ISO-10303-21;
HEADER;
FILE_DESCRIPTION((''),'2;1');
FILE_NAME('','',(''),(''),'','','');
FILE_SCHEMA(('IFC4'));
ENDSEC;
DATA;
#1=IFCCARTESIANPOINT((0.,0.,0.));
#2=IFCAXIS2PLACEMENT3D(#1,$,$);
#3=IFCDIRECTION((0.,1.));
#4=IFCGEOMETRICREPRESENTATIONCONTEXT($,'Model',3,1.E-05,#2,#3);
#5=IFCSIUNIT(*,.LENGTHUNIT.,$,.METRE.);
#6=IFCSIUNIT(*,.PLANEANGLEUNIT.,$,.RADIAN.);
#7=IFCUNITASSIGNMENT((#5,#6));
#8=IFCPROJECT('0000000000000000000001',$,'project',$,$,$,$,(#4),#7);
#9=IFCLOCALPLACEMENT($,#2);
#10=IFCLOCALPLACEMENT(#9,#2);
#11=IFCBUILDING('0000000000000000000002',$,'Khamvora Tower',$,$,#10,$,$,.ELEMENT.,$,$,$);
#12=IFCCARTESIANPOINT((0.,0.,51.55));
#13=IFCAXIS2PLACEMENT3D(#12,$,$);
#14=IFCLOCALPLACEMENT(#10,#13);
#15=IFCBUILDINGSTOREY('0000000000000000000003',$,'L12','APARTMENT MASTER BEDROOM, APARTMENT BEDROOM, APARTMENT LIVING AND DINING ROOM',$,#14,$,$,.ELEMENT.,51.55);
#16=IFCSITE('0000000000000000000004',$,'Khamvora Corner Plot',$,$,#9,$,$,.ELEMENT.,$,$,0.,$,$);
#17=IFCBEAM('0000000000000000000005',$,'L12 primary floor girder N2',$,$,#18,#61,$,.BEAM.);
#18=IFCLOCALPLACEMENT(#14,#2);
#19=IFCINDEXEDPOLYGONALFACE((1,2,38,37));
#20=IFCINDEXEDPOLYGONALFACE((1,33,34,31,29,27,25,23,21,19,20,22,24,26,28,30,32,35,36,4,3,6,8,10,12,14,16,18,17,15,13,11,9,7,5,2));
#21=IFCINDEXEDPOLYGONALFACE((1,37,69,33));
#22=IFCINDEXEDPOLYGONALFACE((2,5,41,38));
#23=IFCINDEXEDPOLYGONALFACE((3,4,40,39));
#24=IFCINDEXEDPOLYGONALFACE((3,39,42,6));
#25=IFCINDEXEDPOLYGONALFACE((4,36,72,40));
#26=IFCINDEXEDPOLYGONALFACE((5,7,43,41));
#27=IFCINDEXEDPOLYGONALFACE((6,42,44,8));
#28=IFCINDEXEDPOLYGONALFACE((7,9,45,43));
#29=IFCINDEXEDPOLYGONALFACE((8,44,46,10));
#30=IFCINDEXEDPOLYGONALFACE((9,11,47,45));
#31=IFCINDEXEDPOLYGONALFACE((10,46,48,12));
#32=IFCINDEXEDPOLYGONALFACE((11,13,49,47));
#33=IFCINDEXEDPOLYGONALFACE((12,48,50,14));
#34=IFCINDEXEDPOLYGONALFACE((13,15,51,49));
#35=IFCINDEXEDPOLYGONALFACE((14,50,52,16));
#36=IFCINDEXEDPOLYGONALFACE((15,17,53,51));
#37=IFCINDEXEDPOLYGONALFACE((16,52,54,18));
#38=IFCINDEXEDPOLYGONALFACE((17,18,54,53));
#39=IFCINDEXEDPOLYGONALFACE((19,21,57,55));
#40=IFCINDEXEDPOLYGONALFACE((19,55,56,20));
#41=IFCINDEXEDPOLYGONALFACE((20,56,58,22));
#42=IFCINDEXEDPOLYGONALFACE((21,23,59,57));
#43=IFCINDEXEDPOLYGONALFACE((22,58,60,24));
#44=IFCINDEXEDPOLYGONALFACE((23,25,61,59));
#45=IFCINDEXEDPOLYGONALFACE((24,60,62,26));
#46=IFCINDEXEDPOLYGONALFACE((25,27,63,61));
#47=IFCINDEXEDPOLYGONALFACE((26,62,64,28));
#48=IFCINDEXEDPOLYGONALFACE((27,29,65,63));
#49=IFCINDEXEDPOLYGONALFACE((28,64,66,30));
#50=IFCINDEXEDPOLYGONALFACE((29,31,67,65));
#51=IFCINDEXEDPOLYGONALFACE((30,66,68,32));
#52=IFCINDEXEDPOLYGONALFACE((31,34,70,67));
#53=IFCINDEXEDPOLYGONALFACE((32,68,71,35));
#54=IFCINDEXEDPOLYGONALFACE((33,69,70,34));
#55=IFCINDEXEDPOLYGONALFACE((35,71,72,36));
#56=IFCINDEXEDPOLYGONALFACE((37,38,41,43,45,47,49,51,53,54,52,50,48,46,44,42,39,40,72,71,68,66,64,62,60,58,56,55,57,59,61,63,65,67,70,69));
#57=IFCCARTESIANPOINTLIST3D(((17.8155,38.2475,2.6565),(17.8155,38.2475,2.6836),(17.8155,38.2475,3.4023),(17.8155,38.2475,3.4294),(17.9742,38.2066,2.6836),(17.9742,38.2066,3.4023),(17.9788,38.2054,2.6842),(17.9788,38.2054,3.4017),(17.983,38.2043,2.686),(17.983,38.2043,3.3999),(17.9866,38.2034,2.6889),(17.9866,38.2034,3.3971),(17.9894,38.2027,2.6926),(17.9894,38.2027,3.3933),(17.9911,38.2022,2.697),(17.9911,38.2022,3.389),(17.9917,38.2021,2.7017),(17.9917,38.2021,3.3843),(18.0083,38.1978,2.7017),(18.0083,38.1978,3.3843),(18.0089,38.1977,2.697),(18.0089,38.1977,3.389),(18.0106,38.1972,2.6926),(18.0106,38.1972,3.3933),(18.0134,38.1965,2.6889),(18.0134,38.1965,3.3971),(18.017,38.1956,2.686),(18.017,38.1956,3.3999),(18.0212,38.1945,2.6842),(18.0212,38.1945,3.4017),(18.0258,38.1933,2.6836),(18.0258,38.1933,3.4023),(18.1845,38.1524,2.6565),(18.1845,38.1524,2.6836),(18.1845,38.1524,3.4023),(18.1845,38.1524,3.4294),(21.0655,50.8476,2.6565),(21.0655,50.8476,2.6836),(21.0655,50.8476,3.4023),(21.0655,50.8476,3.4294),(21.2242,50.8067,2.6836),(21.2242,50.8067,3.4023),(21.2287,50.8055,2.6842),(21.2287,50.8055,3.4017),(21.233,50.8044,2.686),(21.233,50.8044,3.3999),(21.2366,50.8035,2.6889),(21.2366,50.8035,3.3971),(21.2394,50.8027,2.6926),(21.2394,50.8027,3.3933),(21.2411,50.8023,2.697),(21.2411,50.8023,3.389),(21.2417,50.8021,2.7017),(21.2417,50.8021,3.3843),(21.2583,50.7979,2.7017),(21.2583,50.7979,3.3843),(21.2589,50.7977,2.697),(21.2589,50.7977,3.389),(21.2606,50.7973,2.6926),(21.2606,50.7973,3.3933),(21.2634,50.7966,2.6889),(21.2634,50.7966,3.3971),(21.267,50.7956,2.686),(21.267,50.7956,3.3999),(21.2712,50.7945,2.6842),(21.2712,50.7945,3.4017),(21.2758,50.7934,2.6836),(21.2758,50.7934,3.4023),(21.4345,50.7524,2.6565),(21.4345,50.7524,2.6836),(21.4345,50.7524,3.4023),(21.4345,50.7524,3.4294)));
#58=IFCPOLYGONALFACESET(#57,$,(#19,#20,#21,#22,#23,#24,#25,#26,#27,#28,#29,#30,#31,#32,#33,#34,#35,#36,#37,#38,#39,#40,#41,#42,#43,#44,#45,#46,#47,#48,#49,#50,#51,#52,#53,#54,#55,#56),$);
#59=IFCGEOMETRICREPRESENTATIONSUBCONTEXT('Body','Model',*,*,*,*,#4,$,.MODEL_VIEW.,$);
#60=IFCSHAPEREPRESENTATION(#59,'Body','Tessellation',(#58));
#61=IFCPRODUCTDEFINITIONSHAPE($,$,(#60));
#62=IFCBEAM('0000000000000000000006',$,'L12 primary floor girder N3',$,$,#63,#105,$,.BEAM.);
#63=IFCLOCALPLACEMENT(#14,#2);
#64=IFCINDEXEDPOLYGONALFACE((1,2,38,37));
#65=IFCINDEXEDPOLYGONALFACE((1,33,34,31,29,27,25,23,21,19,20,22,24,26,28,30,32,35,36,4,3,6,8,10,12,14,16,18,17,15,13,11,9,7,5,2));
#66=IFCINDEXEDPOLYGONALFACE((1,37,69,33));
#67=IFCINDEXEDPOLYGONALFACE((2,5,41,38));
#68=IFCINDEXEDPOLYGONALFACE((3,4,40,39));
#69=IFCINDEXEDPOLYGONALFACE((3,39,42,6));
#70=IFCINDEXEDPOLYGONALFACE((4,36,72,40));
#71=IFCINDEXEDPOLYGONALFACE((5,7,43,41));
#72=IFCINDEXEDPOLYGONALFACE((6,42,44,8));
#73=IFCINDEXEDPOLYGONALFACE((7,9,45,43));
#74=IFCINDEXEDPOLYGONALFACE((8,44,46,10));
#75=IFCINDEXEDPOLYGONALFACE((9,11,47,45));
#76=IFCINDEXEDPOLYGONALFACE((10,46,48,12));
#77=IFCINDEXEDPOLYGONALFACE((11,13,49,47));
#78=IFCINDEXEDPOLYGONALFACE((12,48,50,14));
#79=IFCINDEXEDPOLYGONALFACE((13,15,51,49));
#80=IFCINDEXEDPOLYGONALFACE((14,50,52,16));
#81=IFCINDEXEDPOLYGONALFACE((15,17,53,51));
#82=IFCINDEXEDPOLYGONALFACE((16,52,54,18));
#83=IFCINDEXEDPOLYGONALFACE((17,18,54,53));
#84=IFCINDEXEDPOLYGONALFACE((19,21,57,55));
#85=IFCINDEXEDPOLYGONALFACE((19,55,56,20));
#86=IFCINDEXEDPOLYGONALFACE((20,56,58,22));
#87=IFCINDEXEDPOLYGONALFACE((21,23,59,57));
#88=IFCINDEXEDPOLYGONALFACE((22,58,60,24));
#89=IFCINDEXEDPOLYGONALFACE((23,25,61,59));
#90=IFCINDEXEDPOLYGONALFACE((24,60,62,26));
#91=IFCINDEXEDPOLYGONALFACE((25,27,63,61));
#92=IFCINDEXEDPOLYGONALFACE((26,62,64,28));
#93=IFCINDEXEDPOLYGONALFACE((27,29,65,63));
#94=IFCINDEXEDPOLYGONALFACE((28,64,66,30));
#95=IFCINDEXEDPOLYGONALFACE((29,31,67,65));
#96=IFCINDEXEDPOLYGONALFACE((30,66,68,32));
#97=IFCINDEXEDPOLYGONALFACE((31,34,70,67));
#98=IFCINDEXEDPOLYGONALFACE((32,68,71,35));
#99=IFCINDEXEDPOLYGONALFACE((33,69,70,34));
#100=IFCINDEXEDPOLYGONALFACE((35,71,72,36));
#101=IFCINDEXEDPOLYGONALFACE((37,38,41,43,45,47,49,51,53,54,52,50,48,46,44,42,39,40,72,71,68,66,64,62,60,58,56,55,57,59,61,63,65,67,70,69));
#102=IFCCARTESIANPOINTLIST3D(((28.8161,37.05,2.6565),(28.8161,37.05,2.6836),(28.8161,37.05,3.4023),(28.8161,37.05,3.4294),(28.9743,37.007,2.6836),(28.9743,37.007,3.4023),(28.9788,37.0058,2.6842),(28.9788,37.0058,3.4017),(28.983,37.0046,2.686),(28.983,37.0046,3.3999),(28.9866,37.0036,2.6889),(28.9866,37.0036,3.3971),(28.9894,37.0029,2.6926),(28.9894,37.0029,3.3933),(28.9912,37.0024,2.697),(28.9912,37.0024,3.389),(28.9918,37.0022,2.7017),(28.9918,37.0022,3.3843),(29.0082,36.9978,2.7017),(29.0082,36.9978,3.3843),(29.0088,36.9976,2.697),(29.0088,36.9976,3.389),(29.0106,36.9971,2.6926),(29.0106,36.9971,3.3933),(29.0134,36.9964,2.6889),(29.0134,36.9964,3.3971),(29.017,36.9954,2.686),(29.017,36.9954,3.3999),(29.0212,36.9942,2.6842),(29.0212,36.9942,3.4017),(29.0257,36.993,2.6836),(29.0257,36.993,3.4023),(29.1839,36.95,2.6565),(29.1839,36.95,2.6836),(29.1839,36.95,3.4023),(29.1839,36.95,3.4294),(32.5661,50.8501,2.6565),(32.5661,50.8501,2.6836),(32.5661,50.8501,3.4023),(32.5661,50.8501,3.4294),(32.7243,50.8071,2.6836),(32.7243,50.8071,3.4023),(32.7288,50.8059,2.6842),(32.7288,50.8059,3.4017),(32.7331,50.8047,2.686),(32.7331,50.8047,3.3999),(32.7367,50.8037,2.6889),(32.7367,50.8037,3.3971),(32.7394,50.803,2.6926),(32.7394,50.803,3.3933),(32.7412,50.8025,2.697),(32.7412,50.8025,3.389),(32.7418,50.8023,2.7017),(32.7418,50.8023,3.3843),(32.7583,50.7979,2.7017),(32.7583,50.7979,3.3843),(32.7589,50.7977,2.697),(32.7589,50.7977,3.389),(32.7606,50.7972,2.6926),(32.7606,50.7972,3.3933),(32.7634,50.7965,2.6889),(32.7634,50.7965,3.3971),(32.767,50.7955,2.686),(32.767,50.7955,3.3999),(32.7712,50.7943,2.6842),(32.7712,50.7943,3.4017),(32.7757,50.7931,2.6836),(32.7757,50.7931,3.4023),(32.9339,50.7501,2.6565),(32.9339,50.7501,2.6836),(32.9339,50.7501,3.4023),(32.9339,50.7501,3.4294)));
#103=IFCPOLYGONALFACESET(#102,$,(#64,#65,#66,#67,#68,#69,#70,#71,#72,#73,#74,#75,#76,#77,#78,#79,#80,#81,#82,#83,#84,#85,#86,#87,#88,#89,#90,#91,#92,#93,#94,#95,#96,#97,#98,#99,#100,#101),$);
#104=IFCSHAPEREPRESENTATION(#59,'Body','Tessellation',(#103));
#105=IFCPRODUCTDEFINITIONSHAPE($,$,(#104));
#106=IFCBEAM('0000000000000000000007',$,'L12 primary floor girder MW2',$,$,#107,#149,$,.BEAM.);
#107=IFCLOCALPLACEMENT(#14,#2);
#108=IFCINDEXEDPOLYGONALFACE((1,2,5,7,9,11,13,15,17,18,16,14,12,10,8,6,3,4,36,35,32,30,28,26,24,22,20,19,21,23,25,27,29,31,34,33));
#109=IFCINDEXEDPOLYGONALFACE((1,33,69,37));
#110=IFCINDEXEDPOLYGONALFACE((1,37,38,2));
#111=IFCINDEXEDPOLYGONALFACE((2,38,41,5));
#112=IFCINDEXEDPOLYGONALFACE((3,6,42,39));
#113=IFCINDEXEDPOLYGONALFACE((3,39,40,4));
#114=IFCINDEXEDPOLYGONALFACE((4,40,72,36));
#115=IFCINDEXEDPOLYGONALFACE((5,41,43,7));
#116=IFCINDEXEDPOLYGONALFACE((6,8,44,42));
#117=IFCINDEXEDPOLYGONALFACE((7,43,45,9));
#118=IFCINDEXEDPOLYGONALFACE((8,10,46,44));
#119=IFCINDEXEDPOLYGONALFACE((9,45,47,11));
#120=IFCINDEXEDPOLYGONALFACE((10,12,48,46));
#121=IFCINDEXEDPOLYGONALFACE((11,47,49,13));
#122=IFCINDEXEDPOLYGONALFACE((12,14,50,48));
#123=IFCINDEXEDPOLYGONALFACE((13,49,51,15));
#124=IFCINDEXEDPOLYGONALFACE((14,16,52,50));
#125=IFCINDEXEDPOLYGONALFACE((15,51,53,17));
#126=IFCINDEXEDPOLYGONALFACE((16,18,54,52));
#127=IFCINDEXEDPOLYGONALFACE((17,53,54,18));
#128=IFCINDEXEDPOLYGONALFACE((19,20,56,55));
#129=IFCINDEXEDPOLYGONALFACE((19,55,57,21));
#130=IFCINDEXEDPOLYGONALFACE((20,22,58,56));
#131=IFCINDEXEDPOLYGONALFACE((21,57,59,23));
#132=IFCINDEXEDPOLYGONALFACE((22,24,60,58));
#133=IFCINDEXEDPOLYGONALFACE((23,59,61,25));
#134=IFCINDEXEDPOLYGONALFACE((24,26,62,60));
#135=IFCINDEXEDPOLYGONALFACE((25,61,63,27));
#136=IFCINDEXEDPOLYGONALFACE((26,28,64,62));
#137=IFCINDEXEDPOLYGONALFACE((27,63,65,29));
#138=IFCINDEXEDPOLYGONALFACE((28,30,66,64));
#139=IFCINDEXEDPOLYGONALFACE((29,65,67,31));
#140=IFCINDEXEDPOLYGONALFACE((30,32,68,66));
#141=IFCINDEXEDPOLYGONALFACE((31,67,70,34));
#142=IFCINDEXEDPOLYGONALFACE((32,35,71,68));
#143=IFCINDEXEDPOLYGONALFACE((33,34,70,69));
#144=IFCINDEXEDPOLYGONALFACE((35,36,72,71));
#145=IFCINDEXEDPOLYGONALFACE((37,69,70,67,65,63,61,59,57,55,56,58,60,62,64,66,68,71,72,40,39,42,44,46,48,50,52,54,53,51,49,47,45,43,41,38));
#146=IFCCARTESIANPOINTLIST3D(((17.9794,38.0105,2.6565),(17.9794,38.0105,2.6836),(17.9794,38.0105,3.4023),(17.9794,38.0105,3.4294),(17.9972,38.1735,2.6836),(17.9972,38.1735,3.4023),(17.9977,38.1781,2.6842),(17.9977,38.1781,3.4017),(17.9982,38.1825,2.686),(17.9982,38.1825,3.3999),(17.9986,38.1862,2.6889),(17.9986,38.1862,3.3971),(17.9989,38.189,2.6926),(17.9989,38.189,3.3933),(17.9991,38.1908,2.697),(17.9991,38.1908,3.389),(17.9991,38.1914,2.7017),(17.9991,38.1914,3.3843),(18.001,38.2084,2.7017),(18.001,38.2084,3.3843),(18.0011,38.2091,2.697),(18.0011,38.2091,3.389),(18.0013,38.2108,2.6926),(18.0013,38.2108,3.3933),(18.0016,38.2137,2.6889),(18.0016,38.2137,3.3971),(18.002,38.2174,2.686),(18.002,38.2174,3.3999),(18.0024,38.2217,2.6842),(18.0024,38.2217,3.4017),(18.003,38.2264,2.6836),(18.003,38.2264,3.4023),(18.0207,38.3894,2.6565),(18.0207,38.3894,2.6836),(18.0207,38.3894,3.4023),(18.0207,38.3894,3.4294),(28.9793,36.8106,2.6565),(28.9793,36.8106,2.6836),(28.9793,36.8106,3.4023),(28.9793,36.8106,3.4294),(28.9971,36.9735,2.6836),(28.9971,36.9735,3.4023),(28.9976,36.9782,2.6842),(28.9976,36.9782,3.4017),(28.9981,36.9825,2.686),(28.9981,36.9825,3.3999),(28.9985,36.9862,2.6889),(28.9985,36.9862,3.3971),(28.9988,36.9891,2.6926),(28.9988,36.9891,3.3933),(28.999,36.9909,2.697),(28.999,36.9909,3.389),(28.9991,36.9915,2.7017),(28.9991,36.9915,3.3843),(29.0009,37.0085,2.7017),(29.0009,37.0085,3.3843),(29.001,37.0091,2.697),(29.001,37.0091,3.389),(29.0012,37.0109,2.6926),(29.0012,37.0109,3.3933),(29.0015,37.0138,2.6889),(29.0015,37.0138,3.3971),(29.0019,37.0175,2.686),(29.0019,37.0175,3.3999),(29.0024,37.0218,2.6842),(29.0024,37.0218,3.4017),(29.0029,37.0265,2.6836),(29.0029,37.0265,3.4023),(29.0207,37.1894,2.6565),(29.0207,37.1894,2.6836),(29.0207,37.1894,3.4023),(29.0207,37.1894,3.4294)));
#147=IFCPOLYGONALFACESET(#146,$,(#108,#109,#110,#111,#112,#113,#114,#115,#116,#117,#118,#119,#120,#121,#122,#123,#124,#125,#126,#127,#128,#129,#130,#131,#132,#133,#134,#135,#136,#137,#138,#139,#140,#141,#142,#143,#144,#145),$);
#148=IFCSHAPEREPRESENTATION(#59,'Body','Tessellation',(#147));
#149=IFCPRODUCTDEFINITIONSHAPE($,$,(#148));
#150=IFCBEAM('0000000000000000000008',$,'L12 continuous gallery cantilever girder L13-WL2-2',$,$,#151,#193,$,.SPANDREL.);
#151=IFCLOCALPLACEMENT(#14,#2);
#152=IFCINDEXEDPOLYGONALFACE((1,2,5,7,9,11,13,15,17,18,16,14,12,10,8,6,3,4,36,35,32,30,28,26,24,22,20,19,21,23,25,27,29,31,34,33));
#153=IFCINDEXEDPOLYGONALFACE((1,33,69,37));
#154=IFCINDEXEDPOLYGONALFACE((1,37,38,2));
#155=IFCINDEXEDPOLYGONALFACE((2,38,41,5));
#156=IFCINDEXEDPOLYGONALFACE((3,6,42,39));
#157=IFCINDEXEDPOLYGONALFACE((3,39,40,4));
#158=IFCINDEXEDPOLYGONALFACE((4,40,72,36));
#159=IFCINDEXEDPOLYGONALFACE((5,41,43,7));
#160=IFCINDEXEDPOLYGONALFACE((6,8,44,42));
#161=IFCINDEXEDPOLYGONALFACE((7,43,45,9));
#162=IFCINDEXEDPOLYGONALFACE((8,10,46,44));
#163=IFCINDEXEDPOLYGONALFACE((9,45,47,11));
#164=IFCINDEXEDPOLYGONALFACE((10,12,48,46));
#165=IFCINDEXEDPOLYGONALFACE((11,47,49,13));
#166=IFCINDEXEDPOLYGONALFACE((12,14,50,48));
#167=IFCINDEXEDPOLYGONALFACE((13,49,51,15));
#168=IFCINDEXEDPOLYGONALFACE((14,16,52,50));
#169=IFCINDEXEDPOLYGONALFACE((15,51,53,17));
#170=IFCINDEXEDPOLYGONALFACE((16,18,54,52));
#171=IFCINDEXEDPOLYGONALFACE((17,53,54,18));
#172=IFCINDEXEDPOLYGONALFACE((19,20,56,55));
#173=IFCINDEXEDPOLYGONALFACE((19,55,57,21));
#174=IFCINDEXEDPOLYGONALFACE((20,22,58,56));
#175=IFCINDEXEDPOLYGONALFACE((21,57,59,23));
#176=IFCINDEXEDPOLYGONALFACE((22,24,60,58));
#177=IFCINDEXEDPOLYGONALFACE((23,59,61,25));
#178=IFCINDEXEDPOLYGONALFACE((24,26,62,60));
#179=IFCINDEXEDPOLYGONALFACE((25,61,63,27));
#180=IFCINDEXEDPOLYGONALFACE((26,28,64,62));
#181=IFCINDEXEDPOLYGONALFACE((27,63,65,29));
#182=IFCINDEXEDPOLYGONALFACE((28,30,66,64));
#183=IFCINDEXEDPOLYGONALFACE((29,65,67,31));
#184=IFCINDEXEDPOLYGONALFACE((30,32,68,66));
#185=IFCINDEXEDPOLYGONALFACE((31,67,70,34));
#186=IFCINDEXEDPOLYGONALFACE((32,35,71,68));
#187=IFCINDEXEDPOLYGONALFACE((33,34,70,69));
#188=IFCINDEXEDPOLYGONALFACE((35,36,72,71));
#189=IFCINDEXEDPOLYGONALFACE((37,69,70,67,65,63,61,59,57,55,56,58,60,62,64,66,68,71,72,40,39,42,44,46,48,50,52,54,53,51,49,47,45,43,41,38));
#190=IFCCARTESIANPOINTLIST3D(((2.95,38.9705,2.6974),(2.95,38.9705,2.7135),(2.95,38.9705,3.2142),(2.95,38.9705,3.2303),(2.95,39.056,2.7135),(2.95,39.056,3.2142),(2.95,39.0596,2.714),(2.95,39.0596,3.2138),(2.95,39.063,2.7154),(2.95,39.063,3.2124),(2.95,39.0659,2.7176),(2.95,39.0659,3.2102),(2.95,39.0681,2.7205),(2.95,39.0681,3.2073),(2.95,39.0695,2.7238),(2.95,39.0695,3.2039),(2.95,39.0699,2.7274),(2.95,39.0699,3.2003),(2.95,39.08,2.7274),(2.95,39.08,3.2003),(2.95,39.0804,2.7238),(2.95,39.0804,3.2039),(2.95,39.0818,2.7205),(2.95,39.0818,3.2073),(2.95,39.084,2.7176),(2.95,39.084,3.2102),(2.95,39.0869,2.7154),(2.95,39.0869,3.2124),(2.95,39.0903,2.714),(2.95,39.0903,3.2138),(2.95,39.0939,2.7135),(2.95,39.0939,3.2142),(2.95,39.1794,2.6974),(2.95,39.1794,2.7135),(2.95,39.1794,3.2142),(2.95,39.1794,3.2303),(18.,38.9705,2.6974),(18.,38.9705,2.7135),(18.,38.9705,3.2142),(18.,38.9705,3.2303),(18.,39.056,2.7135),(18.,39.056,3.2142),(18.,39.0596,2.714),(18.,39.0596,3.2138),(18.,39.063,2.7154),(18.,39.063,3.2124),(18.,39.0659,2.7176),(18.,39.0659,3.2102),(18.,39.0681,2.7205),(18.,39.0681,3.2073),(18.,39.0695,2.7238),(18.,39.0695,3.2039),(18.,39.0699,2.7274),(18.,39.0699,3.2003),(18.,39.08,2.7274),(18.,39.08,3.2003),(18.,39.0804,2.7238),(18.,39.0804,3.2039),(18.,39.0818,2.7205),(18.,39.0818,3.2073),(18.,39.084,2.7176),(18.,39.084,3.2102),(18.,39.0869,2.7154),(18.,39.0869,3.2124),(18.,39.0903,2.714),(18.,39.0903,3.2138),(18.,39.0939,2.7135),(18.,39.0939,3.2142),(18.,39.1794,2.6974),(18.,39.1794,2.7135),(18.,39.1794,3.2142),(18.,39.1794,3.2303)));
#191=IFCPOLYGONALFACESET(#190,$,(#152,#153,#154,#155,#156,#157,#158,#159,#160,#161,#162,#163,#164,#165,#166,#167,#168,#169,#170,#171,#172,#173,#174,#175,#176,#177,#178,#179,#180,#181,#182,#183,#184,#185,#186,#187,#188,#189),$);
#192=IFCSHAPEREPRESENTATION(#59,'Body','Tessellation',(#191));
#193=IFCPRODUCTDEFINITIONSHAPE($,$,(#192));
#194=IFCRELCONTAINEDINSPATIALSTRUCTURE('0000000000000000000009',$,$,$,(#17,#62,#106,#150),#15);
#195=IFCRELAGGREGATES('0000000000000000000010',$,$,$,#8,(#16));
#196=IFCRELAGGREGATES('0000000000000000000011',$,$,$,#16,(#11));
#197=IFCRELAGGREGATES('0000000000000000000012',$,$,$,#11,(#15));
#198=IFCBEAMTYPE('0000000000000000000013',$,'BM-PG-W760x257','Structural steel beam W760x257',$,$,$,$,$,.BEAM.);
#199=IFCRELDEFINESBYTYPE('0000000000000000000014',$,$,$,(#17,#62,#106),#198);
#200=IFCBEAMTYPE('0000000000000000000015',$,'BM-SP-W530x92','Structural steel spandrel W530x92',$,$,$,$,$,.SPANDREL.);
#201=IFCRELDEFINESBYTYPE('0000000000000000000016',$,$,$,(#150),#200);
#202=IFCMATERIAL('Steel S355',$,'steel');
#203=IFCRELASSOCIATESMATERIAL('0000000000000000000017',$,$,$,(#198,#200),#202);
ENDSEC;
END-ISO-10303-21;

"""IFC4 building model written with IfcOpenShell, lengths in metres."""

from ifc_helpers import new_model, si_unit, direction, frame, origin, origin_2d, place, context, subcontext, project, spatial, i_section, extrude, material, material_profile, profile_set, type_object, element, save


model = new_model("IFC4")

# Units and contexts
model_context = context("Model", 3, precision=1e-05, world=origin(), true_north=direction((0.0, 1.0)))
body_context = subcontext(model_context, "Body", "Model", "MODEL_VIEW")
ifc_project = project(units=[si_unit("LENGTHUNIT", "METRE"), si_unit("PLANEANGLEUNIT", "RADIAN")], contexts=[model_context])

# Site, building, storey
site_placement = place(None, origin())
site = spatial("IfcSite", under=ifc_project, at=site_placement, Name="Khamvora Corner Plot", CompositionType="ELEMENT", RefElevation=0.0)
building_placement = place(site_placement, origin())
building = spatial("IfcBuilding", under=site, at=building_placement, Name="Khamvora Tower", CompositionType="ELEMENT")
storey_placement = place(building_placement, frame((0.0, 0.0, 51.55)))
storey = spatial("IfcBuildingStorey", under=building, at=storey_placement, Name="L12", Description="APARTMENT MASTER BEDROOM, APARTMENT BEDROOM, APARTMENT LIVING AND DINING ROOM", CompositionType="ELEMENT", Elevation=51.55)

# Beams
ifc_material_1 = material(Name="Steel S355", Category="steel")
ifc_material_profile_1 = material_profile(ifc_material_1, i_section(OverallWidth=0.3811, OverallDepth=0.7729, WebThickness=0.0171, FlangeThickness=0.0271, FilletRadius=0.0181, at=origin_2d()), Name="W760x257")
ifc_profile_set_1 = profile_set([ifc_material_profile_1], Name="Steel S355")
beam_type_1 = type_object("IfcBeamType", Name="BM-PG-W760x257", Description="Structural steel beam W760x257", PredefinedType="BEAM", material=ifc_profile_set_1)
beam_1_placement = place(storey_placement, frame((18.0, 38.2, 3.043), z_axis=(0.24976, 0.968308, 0.0), x_axis=(-0.968308, 0.24976, 0.0)))
element("IfcBeam", 1, at=beam_1_placement, inside=storey, type_object=beam_type_1, Name="L12 primary floor girder N2", PredefinedType="BEAM", context=body_context, shape_type="SweptSolid", body=[
    extrude(i_section(OverallWidth=0.3811, OverallDepth=0.7729, WebThickness=0.0171, FlangeThickness=0.0271, FilletRadius=0.0181, at=origin_2d()), origin(), (0.0, 0.0, 1.0), 13.0125),
])
beam_2_placement = place(storey_placement, frame((29.0, 37.0, 3.043), z_axis=(0.262229, 0.965006, 0.0), x_axis=(-0.965006, 0.262229, 0.0)))
element("IfcBeam", 2, at=beam_2_placement, inside=storey, type_object=beam_type_1, Name="L12 primary floor girder N3", PredefinedType="BEAM", context=body_context, shape_type="SweptSolid", body=[
    extrude(i_section(OverallWidth=0.3811, OverallDepth=0.7729, WebThickness=0.0171, FlangeThickness=0.0271, FilletRadius=0.0181, at=origin_2d()), origin(), (0.0, 0.0, 1.0), 14.3005),
])
beam_3_placement = place(storey_placement, frame((29.0, 37.0, 3.043), z_axis=(-0.994103, 0.108443, 0.0), x_axis=(-0.108443, -0.994103, 0.0)))
element("IfcBeam", 3, at=beam_3_placement, inside=storey, type_object=beam_type_1, Name="L12 primary floor girder MW2", PredefinedType="BEAM", context=body_context, shape_type="SweptSolid", body=[
    extrude(i_section(OverallWidth=0.3811, OverallDepth=0.7729, WebThickness=0.0171, FlangeThickness=0.0271, FilletRadius=0.0181, at=origin_2d()), origin(), (0.0, 0.0, 1.0), 11.0652),
])
ifc_material_profile_2 = material_profile(ifc_material_1, i_section(OverallWidth=0.209, OverallDepth=0.533, WebThickness=0.01, FlangeThickness=0.0161, FilletRadius=0.0139, at=origin_2d()), Name="W530x92")
ifc_profile_set_2 = profile_set([ifc_material_profile_2], Name="Steel S355")
beam_type_2 = type_object("IfcBeamType", Name="BM-SP-W530x92", Description="Structural steel spandrel W530x92", PredefinedType="SPANDREL", material=ifc_profile_set_2)
beam_4_placement = place(storey_placement, frame((18.0, 39.075, 2.9639), z_axis=(-1.0, 0.0, 0.0), x_axis=(0.0, -1.0, 0.0)))
element("IfcBeam", 4, at=beam_4_placement, inside=storey, type_object=beam_type_2, Name="L12 continuous gallery cantilever girder L13-WL2-2", PredefinedType="SPANDREL", context=body_context, shape_type="SweptSolid", body=[
    extrude(i_section(OverallWidth=0.209, OverallDepth=0.533, WebThickness=0.01, FlangeThickness=0.0161, FilletRadius=0.0139, at=origin_2d()), origin(), (0.0, 0.0, 1.0), 15.05),
])

save(model, "model.ifc")
